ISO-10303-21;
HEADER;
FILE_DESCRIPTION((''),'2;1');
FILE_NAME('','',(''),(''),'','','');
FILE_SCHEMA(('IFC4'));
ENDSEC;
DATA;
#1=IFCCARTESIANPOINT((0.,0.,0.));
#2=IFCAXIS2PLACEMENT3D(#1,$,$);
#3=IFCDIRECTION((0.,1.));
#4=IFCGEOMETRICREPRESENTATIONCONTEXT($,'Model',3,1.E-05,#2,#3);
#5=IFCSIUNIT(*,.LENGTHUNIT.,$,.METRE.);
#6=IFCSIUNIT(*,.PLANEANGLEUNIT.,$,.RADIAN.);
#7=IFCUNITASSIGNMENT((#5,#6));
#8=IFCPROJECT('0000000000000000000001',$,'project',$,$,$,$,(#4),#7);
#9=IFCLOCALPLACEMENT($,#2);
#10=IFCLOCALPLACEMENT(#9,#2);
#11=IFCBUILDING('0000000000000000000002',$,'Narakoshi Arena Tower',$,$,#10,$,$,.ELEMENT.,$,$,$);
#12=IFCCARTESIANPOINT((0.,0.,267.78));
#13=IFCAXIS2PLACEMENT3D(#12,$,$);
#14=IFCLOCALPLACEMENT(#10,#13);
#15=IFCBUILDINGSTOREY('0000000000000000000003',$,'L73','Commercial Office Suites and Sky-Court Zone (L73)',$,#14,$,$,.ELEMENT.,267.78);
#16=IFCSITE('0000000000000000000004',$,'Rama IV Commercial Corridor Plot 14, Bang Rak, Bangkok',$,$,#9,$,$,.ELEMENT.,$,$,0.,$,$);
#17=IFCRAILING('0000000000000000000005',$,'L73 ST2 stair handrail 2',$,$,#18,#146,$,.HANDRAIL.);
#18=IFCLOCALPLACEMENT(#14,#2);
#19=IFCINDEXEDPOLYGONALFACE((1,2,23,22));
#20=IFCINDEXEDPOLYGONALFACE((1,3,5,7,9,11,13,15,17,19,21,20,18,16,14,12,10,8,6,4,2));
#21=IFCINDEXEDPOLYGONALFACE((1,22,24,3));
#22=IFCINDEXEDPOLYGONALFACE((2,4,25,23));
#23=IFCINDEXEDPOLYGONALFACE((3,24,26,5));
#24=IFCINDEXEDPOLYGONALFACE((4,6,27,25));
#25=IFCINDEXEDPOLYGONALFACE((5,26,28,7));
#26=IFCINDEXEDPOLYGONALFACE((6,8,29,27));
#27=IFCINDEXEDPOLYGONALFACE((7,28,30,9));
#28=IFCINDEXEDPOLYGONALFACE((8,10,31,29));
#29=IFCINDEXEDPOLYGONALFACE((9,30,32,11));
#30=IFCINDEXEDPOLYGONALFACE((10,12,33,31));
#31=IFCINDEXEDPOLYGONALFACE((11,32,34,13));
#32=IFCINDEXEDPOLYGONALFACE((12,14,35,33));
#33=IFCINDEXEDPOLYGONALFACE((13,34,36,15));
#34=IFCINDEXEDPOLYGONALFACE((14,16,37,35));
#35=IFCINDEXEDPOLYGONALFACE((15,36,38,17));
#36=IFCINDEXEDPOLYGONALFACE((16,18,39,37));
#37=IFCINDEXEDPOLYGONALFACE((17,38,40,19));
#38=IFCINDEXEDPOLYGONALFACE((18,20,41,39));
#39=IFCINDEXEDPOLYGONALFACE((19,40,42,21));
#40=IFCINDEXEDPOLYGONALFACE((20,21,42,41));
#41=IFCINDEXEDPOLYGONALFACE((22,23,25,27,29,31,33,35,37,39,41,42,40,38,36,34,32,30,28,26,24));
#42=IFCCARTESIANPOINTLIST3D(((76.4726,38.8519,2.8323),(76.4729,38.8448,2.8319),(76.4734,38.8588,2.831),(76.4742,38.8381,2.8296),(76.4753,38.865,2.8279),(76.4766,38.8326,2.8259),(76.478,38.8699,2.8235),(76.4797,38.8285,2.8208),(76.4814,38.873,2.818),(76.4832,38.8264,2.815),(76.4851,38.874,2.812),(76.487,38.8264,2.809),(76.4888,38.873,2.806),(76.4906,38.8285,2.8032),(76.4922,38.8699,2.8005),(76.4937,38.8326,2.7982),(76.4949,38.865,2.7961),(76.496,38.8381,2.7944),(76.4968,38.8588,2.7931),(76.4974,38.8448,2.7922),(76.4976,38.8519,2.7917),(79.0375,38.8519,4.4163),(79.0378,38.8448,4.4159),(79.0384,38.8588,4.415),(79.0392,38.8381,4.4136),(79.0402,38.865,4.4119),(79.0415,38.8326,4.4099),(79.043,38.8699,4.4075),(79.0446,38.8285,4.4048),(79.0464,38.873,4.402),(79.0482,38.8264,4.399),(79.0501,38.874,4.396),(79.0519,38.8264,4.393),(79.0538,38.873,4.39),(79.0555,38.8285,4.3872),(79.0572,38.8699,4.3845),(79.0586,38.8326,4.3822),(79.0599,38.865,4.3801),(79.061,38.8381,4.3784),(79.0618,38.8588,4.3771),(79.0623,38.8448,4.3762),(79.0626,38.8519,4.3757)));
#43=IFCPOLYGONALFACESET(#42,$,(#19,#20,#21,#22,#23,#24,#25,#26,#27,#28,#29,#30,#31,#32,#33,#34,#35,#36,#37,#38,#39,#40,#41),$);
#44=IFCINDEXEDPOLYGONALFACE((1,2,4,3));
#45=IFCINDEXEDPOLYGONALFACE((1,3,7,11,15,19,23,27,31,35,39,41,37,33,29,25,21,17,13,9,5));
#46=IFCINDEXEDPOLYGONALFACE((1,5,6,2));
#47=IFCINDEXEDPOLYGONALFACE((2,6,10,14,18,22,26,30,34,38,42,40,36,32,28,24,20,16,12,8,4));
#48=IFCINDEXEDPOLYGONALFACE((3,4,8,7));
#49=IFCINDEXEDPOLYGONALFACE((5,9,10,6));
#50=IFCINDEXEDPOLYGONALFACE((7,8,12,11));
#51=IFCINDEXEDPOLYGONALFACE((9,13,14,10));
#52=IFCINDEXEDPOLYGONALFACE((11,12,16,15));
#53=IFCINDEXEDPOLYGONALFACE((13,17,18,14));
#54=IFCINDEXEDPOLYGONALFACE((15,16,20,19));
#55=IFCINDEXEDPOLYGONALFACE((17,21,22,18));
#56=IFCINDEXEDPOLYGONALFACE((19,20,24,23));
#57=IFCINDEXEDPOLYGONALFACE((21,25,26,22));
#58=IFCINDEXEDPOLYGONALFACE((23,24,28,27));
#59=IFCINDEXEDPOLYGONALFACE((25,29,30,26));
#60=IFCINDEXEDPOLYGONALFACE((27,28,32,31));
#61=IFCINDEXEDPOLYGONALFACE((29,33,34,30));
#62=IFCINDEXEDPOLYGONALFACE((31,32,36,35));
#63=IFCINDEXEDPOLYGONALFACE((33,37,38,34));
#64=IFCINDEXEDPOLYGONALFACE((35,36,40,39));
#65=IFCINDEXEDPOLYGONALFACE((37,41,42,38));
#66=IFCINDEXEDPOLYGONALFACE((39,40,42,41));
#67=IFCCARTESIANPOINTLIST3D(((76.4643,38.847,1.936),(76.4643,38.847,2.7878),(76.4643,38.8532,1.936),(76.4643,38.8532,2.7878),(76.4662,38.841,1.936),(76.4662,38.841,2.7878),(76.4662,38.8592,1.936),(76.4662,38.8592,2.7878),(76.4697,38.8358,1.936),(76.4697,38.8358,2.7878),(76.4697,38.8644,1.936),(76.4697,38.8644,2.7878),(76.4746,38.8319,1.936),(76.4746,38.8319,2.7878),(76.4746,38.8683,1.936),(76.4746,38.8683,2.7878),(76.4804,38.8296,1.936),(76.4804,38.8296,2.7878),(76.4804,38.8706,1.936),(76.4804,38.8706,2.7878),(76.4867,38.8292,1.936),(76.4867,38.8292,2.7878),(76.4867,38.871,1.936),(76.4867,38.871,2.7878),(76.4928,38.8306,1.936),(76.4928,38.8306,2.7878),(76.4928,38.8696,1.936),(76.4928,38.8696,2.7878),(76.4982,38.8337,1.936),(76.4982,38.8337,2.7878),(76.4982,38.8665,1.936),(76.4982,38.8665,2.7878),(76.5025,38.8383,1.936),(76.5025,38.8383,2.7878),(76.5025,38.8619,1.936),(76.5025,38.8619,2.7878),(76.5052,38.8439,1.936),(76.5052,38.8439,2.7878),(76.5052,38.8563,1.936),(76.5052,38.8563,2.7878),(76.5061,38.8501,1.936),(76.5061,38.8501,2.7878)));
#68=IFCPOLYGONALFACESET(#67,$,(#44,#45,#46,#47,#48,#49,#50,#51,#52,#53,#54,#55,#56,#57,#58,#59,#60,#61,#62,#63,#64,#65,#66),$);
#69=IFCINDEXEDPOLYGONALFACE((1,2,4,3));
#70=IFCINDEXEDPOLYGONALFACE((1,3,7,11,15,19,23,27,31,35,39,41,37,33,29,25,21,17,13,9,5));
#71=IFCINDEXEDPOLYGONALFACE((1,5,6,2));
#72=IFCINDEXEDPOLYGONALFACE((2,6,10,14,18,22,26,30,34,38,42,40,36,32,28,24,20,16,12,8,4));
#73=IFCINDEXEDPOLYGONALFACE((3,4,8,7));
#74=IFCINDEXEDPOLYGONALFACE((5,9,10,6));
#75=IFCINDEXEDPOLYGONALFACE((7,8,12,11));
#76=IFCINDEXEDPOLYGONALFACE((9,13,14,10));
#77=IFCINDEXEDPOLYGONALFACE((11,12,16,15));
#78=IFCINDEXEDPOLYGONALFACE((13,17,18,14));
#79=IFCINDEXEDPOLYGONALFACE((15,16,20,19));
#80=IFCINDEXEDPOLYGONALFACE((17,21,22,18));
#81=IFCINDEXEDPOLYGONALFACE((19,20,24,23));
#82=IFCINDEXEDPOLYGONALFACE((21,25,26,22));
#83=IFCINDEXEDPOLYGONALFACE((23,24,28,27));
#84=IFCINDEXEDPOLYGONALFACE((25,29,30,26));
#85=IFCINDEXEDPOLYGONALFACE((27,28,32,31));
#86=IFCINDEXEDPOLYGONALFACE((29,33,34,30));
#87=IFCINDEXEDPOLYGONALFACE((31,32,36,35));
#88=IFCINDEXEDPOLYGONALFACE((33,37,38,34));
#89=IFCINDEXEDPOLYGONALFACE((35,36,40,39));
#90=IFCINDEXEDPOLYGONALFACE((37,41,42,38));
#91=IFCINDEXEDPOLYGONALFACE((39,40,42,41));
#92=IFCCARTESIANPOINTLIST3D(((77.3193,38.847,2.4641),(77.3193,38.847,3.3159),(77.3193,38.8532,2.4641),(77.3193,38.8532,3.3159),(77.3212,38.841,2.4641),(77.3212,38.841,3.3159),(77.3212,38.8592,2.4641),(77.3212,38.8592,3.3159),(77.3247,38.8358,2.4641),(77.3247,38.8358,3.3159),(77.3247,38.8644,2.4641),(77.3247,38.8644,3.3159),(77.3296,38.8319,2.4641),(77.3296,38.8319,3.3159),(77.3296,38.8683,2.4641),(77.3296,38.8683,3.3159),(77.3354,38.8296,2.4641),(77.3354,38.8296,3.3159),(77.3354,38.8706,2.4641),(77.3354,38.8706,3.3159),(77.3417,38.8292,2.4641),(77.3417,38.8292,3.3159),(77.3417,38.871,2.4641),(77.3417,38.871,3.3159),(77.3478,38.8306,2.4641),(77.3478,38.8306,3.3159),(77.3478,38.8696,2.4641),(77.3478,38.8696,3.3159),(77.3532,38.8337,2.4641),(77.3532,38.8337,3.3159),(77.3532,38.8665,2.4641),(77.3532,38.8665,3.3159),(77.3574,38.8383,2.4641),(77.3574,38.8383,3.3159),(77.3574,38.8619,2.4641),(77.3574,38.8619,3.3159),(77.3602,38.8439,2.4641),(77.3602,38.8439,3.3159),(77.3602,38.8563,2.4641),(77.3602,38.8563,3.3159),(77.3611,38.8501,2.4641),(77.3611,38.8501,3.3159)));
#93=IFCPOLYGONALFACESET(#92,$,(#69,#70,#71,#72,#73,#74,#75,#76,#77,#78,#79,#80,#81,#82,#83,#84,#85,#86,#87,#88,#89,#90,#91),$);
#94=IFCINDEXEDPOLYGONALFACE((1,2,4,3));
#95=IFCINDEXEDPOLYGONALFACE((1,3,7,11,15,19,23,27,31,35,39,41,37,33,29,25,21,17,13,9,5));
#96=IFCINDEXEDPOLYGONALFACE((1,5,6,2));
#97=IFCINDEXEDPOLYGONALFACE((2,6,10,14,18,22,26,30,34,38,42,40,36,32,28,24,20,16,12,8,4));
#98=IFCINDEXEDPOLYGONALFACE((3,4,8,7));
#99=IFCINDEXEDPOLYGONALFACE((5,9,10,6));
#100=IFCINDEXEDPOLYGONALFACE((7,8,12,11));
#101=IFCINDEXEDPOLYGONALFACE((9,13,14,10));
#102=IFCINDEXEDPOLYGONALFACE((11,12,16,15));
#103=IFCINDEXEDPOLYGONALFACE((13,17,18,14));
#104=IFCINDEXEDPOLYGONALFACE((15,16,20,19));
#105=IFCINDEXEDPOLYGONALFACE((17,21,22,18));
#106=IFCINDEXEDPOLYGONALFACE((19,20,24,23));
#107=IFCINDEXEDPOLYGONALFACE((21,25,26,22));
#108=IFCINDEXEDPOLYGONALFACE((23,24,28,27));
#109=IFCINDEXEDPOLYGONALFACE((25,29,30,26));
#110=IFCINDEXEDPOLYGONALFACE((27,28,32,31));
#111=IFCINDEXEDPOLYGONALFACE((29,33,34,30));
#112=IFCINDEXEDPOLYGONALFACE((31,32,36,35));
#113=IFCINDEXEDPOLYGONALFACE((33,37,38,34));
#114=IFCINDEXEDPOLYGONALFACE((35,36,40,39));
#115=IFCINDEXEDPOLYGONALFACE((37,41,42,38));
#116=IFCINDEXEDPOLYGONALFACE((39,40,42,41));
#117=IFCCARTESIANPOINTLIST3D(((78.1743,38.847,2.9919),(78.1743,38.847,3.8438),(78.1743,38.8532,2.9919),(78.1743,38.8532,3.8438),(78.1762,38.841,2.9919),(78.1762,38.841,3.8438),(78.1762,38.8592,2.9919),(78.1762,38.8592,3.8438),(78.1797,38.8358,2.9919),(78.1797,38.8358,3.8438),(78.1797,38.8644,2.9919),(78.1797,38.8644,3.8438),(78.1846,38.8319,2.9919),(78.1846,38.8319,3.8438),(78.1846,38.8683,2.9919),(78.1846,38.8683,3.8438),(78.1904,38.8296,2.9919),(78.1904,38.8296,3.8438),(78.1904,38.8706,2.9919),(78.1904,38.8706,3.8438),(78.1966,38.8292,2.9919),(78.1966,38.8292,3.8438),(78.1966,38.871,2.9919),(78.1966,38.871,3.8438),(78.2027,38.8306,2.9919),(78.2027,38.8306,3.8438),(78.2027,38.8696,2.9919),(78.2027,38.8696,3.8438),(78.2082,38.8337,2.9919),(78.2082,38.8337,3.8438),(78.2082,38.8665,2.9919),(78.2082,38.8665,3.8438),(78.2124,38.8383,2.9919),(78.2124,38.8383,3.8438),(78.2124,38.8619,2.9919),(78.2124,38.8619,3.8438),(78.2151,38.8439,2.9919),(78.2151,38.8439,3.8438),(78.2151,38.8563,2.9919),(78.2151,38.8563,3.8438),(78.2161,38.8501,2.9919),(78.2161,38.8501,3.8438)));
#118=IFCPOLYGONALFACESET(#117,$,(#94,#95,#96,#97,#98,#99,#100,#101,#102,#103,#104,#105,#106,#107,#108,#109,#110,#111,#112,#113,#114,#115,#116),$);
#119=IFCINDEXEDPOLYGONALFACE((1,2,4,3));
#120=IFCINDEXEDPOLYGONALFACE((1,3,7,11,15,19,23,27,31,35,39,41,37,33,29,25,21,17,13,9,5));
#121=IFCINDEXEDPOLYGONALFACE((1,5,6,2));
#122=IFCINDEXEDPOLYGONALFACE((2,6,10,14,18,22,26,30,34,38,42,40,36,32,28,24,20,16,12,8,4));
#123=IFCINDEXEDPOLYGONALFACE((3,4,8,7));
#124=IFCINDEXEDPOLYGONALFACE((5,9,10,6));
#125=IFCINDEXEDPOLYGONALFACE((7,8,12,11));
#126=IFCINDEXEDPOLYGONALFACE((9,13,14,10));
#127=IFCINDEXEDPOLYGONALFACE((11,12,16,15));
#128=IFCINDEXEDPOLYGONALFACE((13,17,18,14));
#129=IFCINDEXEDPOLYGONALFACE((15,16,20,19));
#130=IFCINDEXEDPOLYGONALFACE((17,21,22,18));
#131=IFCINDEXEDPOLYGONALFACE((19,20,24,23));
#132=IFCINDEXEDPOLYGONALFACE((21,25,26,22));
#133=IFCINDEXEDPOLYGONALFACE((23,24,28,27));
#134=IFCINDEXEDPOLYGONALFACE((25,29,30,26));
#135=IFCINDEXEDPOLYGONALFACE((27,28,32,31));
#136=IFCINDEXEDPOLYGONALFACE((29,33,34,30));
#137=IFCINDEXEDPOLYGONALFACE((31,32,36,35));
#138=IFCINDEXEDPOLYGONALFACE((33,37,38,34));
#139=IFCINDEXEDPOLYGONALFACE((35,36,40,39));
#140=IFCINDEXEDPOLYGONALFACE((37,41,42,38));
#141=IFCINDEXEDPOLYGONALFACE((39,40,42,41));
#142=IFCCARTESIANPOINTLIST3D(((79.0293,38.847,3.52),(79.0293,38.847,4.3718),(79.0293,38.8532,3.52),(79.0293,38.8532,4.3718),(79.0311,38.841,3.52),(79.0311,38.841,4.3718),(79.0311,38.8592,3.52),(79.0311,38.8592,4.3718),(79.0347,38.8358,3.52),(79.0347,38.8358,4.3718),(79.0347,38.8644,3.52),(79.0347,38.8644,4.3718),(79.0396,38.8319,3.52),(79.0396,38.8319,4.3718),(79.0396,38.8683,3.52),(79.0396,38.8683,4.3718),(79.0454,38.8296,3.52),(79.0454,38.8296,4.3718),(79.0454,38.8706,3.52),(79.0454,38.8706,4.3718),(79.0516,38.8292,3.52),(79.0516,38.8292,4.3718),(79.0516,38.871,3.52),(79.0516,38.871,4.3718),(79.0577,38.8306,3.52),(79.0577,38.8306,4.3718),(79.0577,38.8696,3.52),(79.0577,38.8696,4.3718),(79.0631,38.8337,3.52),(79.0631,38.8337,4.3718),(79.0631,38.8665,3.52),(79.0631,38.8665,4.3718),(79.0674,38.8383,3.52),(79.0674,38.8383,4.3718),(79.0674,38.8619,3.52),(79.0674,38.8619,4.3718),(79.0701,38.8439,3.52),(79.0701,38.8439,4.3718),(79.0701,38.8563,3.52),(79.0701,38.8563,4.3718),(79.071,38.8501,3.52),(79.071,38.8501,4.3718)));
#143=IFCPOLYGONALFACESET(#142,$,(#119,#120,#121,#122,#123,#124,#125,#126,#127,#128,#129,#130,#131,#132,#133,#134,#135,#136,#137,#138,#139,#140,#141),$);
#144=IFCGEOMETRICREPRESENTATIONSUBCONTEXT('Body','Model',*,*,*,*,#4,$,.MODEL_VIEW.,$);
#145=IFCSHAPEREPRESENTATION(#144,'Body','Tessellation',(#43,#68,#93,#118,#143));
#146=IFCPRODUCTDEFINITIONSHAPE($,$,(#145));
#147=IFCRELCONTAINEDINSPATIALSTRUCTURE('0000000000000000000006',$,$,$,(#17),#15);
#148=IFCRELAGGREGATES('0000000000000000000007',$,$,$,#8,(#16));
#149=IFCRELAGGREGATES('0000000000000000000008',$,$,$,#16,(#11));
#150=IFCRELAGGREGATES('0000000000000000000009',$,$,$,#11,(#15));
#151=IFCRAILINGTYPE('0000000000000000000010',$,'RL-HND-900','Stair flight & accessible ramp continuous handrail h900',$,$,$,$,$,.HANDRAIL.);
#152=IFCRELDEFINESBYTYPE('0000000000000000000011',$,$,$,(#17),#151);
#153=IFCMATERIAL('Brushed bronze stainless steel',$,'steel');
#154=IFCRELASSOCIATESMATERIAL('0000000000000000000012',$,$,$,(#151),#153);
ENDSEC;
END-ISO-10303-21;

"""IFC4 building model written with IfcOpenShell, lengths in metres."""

from ifc_helpers import new_model, si_unit, direction, frame, origin, origin_2d, place, context, subcontext, project, spatial, circle, extrude, material, type_object, element, save


model = new_model("IFC4")

# Units and contexts
model_context = context("Model", 3, precision=1e-05, world=origin(), true_north=direction((0.0, 1.0)))
body_context = subcontext(model_context, "Body", "Model", "MODEL_VIEW")
ifc_project = project(units=[si_unit("LENGTHUNIT", "METRE"), si_unit("PLANEANGLEUNIT", "RADIAN")], contexts=[model_context])

# Site, building, storey
site_placement = place(None, origin())
site = spatial("IfcSite", under=ifc_project, at=site_placement, Name="Rama IV Commercial Corridor Plot 14, Bang Rak, Bangkok", CompositionType="ELEMENT", RefElevation=0.0)
building_placement = place(site_placement, origin())
building = spatial("IfcBuilding", under=site, at=building_placement, Name="Narakoshi Arena Tower", CompositionType="ELEMENT")
storey_placement = place(building_placement, frame((0.0, 0.0, 267.78)))
storey = spatial("IfcBuildingStorey", under=building, at=storey_placement, Name="L73", Description="Commercial Office Suites and Sky-Court Zone (L73)", CompositionType="ELEMENT", Elevation=267.78)

# Railing
ifc_material_1 = material(Name="Brushed bronze stainless steel", Category="steel")
railing_type_1 = type_object("IfcRailingType", Name="RL-HND-900", Description="Stair flight & accessible ramp continuous handrail h900", PredefinedType="HANDRAIL", material=ifc_material_1)
railing_1_placement = place(storey_placement, frame((76.4851, 38.8501, 1.936)))
element("IfcRailing", 1, at=railing_1_placement, inside=storey, type_object=railing_type_1, Name="L73 ST2 stair handrail 2", PredefinedType="HANDRAIL", context=body_context, shape_type="SweptSolid", body=[
    extrude(circle(Radius=0.0239, at=origin_2d()), frame((0.0, 0.0, 0.876), z_axis=(0.850834, 0.0, 0.525434), x_axis=(0.0, 1.0, 0.0)), (0.0, 0.0, 1.0), 3.0146),
    extrude(circle(Radius=0.021, at=origin_2d()), origin(), (0.0, 0.0, 1.0), 0.8518),
    extrude(circle(Radius=0.021, at=origin_2d()), frame((0.855, 0.0, 0.5281)), (0.0, 0.0, 1.0), 0.8518),
    extrude(circle(Radius=0.021, at=origin_2d()), frame((1.71, 0.0, 1.0559)), (0.0, 0.0, 1.0), 0.8518),
    extrude(circle(Radius=0.021, at=origin_2d()), frame((2.5649, 0.0, 1.584)), (0.0, 0.0, 1.0), 0.8518),
])

save(model, "model.ifc")
